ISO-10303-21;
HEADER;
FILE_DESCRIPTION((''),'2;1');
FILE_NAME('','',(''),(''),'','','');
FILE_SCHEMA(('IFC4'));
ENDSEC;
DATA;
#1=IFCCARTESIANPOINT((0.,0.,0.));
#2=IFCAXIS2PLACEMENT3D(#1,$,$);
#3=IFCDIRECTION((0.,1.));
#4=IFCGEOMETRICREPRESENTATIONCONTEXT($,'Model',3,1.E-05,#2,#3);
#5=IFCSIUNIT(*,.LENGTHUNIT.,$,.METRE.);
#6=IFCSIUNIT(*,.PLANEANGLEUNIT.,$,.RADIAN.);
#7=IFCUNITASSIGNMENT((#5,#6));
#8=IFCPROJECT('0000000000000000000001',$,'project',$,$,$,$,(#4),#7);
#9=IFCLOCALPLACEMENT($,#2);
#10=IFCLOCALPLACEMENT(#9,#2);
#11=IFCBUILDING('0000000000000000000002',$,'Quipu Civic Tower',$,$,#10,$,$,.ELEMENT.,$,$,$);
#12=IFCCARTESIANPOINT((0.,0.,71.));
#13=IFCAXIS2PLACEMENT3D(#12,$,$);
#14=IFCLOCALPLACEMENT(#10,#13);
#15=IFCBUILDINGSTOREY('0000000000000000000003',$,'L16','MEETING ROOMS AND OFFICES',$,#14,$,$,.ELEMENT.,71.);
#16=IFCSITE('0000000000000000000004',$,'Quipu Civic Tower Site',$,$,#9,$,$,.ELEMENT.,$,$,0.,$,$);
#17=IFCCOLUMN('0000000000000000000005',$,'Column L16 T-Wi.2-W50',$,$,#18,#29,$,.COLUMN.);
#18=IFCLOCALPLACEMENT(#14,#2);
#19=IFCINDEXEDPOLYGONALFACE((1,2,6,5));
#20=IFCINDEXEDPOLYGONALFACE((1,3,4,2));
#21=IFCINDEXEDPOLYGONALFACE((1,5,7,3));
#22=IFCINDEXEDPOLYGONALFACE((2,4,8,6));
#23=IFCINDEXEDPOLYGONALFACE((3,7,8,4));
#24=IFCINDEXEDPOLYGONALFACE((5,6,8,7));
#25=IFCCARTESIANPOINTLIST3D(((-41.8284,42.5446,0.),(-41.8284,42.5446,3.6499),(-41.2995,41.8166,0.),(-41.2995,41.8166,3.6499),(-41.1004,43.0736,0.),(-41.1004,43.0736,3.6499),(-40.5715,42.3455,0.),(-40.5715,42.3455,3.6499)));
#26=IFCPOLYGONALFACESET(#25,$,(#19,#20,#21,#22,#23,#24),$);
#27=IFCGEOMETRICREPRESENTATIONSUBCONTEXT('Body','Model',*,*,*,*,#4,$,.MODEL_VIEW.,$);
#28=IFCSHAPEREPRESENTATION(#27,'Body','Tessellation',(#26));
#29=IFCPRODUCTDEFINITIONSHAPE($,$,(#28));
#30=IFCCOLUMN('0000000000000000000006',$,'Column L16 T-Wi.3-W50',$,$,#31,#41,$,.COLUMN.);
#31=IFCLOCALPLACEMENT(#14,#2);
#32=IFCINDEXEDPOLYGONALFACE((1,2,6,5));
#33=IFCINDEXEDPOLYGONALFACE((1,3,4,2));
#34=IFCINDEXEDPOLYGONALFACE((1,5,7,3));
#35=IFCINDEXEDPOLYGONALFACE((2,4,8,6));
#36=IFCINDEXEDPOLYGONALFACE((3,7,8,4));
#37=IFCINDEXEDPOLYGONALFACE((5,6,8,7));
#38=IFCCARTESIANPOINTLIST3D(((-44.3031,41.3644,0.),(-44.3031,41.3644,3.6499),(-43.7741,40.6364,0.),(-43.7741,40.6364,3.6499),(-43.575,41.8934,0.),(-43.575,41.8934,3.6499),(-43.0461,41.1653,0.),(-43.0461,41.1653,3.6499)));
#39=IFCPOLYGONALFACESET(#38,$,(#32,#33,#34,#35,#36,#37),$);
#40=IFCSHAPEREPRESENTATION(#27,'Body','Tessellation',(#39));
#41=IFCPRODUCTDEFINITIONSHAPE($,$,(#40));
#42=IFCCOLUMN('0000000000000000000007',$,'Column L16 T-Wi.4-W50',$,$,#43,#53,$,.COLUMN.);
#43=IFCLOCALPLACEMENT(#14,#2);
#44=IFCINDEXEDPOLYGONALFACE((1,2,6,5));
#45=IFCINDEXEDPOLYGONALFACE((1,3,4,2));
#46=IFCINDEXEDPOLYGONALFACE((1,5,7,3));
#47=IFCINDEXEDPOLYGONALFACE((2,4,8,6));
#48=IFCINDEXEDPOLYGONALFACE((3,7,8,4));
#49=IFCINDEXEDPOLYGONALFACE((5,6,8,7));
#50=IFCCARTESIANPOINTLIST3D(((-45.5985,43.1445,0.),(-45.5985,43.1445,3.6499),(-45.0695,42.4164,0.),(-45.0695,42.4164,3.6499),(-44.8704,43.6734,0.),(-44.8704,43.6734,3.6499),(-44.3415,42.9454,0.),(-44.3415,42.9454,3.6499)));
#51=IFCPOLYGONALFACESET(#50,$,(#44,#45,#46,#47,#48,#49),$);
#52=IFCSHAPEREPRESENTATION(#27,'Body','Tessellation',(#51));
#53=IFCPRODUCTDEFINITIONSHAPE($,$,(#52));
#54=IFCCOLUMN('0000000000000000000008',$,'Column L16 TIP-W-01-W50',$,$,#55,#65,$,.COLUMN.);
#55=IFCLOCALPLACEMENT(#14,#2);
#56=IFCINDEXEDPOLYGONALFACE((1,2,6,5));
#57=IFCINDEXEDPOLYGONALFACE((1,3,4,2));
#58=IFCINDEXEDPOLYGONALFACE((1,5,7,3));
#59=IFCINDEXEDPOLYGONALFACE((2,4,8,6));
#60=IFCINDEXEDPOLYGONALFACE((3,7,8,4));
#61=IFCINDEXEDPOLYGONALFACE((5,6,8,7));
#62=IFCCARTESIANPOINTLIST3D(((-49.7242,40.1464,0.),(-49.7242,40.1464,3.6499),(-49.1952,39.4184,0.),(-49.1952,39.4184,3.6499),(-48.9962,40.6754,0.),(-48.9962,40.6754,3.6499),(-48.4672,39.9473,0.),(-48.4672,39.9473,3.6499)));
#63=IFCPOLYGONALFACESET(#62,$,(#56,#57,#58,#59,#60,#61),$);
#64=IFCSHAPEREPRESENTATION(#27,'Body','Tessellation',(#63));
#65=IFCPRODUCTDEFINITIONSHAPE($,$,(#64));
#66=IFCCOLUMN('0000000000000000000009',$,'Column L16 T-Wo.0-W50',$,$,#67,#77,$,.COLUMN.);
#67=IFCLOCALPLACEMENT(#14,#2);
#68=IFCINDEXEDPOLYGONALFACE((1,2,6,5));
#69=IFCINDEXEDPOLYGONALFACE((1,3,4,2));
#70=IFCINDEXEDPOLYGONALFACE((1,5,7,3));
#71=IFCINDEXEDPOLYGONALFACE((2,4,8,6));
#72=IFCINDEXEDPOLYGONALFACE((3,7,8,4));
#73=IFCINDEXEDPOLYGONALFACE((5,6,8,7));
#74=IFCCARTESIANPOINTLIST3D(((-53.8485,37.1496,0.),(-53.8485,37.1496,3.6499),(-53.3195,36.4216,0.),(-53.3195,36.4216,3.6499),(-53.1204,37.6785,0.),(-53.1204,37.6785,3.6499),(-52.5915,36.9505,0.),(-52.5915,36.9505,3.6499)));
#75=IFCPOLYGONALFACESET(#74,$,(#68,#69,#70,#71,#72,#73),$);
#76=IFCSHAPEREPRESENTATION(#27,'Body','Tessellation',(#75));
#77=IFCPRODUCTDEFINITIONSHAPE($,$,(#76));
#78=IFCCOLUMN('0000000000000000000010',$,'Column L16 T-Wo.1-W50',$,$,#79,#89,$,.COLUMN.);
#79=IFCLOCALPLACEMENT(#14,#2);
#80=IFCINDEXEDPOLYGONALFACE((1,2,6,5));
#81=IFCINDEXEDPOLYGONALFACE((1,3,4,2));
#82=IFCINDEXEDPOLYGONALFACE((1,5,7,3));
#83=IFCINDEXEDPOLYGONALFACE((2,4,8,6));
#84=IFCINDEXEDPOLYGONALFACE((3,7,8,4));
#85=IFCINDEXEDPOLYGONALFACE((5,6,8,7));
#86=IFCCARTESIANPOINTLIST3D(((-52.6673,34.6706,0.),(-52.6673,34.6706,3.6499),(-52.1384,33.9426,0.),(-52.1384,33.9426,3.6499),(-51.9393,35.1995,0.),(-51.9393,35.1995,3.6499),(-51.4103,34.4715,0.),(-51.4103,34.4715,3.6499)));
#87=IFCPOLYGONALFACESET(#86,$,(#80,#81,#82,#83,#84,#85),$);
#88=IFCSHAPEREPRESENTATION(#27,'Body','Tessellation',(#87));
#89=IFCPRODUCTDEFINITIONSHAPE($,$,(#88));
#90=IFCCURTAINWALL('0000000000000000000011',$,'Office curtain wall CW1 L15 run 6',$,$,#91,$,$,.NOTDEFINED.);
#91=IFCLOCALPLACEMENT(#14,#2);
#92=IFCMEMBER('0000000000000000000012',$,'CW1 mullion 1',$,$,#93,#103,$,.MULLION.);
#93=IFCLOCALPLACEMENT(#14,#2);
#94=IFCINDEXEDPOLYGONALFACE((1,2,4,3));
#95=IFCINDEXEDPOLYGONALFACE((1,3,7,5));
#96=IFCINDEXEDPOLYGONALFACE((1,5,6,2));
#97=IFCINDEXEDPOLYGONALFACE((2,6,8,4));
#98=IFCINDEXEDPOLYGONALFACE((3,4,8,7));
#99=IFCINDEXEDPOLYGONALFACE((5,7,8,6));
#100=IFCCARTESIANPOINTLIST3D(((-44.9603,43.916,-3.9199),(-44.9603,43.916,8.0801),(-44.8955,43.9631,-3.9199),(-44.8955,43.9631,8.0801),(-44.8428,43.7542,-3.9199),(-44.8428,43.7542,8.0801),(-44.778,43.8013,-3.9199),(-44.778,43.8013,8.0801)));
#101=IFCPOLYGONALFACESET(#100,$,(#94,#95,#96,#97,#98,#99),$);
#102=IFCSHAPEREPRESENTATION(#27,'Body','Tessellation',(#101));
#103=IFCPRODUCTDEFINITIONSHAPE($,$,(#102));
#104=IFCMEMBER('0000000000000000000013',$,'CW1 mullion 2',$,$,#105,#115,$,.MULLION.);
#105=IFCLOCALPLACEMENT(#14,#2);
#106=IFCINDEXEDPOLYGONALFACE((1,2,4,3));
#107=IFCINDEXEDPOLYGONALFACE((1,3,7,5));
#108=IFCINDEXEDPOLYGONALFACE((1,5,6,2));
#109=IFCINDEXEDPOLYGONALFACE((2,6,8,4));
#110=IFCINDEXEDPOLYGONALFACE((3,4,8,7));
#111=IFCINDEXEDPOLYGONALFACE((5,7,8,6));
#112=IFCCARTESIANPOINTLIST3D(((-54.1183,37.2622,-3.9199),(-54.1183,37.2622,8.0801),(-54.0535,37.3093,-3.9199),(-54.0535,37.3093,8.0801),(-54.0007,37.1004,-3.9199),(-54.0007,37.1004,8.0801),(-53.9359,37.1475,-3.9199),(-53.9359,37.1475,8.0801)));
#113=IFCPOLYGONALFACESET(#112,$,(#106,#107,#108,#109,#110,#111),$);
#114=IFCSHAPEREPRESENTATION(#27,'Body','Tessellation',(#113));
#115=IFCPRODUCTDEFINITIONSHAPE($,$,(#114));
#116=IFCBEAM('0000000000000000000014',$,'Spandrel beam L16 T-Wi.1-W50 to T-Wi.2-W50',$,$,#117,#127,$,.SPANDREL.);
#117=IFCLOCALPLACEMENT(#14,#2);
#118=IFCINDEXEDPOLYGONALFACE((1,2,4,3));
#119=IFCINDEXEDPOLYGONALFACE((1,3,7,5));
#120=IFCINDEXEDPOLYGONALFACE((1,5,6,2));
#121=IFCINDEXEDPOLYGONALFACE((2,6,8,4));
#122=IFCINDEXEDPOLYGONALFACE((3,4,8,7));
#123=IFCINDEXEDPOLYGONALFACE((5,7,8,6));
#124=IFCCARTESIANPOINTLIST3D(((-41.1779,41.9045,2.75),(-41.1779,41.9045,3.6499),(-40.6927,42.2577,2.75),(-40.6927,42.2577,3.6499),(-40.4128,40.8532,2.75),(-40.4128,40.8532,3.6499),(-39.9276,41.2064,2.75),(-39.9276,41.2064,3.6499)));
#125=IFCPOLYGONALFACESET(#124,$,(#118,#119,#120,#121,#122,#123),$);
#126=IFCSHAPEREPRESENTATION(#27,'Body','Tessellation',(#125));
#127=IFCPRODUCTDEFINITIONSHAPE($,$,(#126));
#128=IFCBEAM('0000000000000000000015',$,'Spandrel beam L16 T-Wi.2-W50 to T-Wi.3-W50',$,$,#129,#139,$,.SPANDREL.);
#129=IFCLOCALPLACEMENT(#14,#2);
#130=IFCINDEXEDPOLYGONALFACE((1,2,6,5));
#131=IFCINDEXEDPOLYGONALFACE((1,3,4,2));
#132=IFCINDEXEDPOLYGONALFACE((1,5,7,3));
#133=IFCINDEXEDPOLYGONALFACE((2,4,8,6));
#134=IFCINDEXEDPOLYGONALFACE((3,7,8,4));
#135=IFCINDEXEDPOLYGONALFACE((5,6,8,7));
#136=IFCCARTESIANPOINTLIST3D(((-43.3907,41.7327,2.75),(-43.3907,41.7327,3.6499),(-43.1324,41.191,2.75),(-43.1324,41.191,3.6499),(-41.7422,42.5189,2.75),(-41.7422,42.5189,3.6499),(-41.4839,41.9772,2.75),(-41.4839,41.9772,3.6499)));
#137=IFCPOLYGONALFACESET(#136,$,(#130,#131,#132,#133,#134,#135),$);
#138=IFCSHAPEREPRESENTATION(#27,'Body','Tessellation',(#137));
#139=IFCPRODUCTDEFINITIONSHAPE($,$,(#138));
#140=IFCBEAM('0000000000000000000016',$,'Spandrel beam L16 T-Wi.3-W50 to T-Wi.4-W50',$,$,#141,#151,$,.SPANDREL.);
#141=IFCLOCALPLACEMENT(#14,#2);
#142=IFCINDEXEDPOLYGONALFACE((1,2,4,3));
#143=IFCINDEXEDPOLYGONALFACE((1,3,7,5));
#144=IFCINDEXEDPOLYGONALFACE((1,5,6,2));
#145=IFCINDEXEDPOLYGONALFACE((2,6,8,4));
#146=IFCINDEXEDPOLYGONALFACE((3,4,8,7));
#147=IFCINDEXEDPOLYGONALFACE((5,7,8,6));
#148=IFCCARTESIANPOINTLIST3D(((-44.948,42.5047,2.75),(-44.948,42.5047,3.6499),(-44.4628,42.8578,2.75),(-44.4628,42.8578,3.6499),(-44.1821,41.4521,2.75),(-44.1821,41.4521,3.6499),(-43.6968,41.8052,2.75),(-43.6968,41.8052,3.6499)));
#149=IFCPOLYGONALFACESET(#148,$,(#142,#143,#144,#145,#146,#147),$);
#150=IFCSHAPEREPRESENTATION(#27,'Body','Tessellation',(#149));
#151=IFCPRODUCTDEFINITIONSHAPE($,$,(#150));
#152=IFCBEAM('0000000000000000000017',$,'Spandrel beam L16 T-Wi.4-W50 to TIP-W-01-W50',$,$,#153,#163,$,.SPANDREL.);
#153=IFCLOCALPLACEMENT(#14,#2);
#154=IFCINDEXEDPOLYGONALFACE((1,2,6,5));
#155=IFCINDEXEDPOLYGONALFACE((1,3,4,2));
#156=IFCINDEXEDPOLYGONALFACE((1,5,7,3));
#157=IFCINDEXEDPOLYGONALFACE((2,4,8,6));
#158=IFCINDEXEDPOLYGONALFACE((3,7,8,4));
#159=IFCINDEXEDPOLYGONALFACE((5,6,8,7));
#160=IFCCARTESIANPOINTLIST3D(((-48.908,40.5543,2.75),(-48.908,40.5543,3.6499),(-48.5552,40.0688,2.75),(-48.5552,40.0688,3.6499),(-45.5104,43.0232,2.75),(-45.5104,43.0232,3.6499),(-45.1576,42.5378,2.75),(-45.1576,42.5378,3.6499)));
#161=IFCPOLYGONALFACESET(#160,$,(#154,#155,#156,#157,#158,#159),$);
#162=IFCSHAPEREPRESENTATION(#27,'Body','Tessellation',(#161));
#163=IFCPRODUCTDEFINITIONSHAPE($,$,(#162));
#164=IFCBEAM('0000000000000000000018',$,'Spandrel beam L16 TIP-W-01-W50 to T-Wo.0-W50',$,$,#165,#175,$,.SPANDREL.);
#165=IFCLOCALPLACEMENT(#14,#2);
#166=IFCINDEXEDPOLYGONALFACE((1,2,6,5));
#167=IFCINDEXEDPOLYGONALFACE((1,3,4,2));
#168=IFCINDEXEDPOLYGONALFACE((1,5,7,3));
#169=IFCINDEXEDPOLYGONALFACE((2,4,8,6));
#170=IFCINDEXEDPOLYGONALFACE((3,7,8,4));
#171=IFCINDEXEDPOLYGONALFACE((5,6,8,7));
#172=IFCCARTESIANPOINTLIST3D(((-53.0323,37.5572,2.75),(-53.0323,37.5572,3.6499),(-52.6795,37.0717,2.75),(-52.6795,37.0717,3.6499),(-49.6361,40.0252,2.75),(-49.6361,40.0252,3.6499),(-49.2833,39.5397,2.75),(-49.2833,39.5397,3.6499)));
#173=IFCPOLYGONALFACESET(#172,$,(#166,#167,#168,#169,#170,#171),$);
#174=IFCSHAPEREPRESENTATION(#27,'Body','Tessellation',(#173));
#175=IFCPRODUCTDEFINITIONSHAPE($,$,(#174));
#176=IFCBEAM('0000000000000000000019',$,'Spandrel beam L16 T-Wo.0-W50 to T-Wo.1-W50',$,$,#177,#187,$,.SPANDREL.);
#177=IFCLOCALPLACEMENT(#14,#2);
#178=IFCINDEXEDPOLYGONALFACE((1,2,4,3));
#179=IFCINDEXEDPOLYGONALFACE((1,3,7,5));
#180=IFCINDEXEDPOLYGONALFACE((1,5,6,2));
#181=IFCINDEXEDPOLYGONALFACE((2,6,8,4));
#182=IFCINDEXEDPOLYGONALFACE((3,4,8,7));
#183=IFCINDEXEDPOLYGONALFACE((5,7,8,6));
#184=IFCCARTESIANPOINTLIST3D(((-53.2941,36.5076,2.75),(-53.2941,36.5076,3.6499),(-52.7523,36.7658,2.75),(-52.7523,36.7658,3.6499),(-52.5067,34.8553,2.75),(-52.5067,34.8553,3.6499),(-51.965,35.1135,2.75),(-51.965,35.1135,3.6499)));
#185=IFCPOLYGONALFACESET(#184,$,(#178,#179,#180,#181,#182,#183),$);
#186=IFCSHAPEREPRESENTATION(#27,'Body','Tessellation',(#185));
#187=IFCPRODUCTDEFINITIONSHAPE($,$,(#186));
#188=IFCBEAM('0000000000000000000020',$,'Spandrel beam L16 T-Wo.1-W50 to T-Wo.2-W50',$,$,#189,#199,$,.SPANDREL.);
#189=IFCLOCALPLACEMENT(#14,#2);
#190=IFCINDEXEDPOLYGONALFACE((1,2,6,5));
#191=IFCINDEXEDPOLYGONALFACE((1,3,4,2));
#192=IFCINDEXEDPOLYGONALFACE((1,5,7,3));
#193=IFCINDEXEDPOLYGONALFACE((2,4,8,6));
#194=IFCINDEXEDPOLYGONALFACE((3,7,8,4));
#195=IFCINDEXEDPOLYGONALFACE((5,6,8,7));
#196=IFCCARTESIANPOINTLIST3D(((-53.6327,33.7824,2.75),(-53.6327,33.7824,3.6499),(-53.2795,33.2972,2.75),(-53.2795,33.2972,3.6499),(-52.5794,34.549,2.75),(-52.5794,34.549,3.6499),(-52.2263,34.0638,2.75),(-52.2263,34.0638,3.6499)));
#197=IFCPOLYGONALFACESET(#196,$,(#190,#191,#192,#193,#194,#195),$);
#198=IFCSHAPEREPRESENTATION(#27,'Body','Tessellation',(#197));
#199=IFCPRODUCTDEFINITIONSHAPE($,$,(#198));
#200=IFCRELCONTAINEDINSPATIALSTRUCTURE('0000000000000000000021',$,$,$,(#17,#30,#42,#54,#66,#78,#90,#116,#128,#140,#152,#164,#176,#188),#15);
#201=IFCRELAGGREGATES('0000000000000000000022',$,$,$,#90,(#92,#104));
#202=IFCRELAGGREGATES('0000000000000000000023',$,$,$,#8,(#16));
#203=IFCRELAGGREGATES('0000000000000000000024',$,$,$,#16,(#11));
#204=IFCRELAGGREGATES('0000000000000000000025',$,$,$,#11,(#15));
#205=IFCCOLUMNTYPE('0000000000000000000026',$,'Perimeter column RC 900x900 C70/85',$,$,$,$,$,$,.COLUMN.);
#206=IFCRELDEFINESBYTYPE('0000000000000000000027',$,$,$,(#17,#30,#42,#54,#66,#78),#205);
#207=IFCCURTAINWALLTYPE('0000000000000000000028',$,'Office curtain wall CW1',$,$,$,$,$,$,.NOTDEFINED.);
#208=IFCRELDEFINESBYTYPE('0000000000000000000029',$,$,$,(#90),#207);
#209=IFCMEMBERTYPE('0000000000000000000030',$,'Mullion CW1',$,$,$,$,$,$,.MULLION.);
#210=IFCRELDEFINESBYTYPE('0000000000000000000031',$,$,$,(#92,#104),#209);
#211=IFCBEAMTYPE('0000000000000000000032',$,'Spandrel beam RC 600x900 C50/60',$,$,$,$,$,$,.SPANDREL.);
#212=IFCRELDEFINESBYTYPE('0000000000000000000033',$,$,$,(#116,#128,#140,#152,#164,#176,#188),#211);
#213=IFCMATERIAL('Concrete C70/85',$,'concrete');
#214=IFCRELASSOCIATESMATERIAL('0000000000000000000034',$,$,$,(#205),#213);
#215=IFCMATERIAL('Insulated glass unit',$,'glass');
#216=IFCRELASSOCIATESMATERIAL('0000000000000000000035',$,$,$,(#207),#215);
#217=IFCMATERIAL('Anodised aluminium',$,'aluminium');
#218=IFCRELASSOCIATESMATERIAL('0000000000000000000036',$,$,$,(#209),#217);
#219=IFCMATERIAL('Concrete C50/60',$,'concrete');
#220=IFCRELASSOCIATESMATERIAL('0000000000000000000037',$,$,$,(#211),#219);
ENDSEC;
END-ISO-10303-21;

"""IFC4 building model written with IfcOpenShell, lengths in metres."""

from ifc_helpers import new_model, si_unit, direction, frame, origin, origin_2d, place, context, subcontext, project, spatial, rectangle, extrude, material, material_profile, profile_set, type_object, element, aggregate, save


model = new_model("IFC4")

# Units and contexts
model_context = context("Model", 3, precision=1e-05, world=origin(), true_north=direction((0.0, 1.0)))
body_context = subcontext(model_context, "Body", "Model", "MODEL_VIEW")
ifc_project = project(units=[si_unit("LENGTHUNIT", "METRE"), si_unit("PLANEANGLEUNIT", "RADIAN")], contexts=[model_context])

# Site, building, storey
site_placement = place(None, origin())
site = spatial("IfcSite", under=ifc_project, at=site_placement, Name="Quipu Civic Tower Site", CompositionType="ELEMENT", RefElevation=0.0)
building_placement = place(site_placement, origin())
building = spatial("IfcBuilding", under=site, at=building_placement, Name="Quipu Civic Tower", CompositionType="ELEMENT")
storey_placement = place(building_placement, frame((0.0, 0.0, 71.0)))
storey = spatial("IfcBuildingStorey", under=building, at=storey_placement, Name="L16", Description="MEETING ROOMS AND OFFICES", CompositionType="ELEMENT", Elevation=71.0)

# Columns
ifc_material_1 = material(Name="Concrete C70/85", Category="concrete")
ifc_material_profile_1 = material_profile(ifc_material_1, rectangle(XDim=0.8999, YDim=0.8999, at=origin_2d()), Name="RC900x900")
ifc_profile_set_1 = profile_set([ifc_material_profile_1], Name="Concrete C70/85")
column_type = type_object("IfcColumnType", Name="Perimeter column RC 900x900 C70/85", PredefinedType="COLUMN", material=ifc_profile_set_1)
for number, where, z_axis, x_axis, name in (
    (1, (-41.2, 42.4451, 0.0), (0.0, 0.0, 1.0), (-0.587785, 0.809017, 0.0), "Column L16 T-Wi.2-W50"),
    (2, (-43.6746, 41.2649, 0.0), (0.0, 0.0, 1.0), (-0.809017, -0.587785, 0.0), "Column L16 T-Wi.3-W50"),
    (3, (-44.97, 43.0449, 0.0), (0.0, 0.0, 1.0), (-0.809017, -0.587785, 0.0), "Column L16 T-Wi.4-W50"),
    (4, (-49.0957, 40.0469, 0.0), (0.0, 0.0, 1.0), (-0.809017, -0.587785, 0.0), "Column L16 TIP-W-01-W50"),
    (5, (-53.22, 37.05, 0.0), (0.0, 0.0, 1.0), (0.587785, -0.809017, 0.0), "Column L16 T-Wo.0-W50"),
    (6, (-52.0388, 34.571, 0.0), (0.0, 0.0, 1.0), (-0.809017, -0.587785, 0.0), "Column L16 T-Wo.1-W50"),
):
    element("IfcColumn", number, at=place(storey_placement, frame(where, z_axis=z_axis, x_axis=x_axis)), inside=storey, type_object=column_type, Name=name, PredefinedType="COLUMN", context=body_context, shape_type="SweptSolid", body=[
        extrude(rectangle(XDim=0.8999, YDim=0.8999, at=origin_2d()), origin(), (0.0, 0.0, 1.0), 3.6499),
    ])

# Curtain wall, members
ifc_material_2 = material(Name="Insulated glass unit", Category="glass")
curtain_wall_type = type_object("IfcCurtainWallType", Name="Office curtain wall CW1", PredefinedType="NOTDEFINED", material=ifc_material_2)
curtain_wall_placement = place(storey_placement, origin())
curtain_wall = element("IfcCurtainWall", 7, at=curtain_wall_placement, inside=storey, type_object=curtain_wall_type, Name="Office curtain wall CW1 L15 run 6", PredefinedType="NOTDEFINED")
ifc_material_3 = material(Name="Anodised aluminium", Category="aluminium")
ifc_material_profile_2 = material_profile(ifc_material_3, rectangle(XDim=0.2, YDim=0.0801, at=origin_2d()), Name="RECT 200x80")
ifc_profile_set_2 = profile_set([ifc_material_profile_2], Name="Anodised aluminium")
member_type_1 = type_object("IfcMemberType", Name="Mullion CW1", PredefinedType="MULLION", material=ifc_profile_set_2)
member_1_placement = place(storey_placement, frame((-44.8691, 43.8586, -3.9199), z_axis=(0.0, 0.0, 1.0), x_axis=(0.587782, -0.809019, 0.0)))
member_1 = element("IfcMember", 8, at=member_1_placement, type_object=member_type_1, Name="CW1 mullion 1", PredefinedType="MULLION", context=body_context, shape_type="SweptSolid", body=[
    extrude(rectangle(XDim=0.2, YDim=0.0801, at=origin_2d()), origin(), (0.0, 0.0, 1.0), 12.0),
])
member_2_placement = place(storey_placement, frame((-54.0271, 37.2048, -3.9199), z_axis=(0.0, 0.0, 1.0), x_axis=(0.587782, -0.809019, 0.0)))
member_2 = element("IfcMember", 9, at=member_2_placement, type_object=member_type_1, Name="CW1 mullion 2", PredefinedType="MULLION", context=body_context, shape_type="SweptSolid", body=[
    extrude(rectangle(XDim=0.2, YDim=0.0801, at=origin_2d()), origin(), (0.0, 0.0, 1.0), 12.0),
])

# Beams
ifc_material_4 = material(Name="Concrete C50/60", Category="concrete")
ifc_material_profile_3 = material_profile(ifc_material_4, rectangle(XDim=0.6001, YDim=0.8999, at=origin_2d()), Name="RC600x900")
ifc_profile_set_3 = profile_set([ifc_material_profile_3], Name="Concrete C50/60")
beam_type = type_object("IfcBeamType", Name="Spandrel beam RC 600x900 C50/60", PredefinedType="SPANDREL", material=ifc_profile_set_3)
beam_1_placement = place(storey_placement, frame((-40.1702, 41.0298, 3.2), z_axis=(-0.588462, 0.808525, 0.0), x_axis=(-0.808525, -0.588462, 0.0)))
element("IfcBeam", 10, at=beam_1_placement, inside=storey, type_object=beam_type, Name="Spandrel beam L16 T-Wi.1-W50 to T-Wi.2-W50", PredefinedType="SPANDREL", context=body_context, shape_type="SweptSolid", body=[
    extrude(rectangle(XDim=0.6001, YDim=0.8999, at=origin_2d()), origin(), (0.0, 0.0, 1.0), 1.3003),
])
beam_2_placement = place(storey_placement, frame((-41.613, 42.248, 3.2), z_axis=(-0.902613, -0.430452, 0.0), x_axis=(0.430452, -0.902613, 0.0)))
element("IfcBeam", 11, at=beam_2_placement, inside=storey, type_object=beam_type, Name="Spandrel beam L16 T-Wi.2-W50 to T-Wi.3-W50", PredefinedType="SPANDREL", context=body_context, shape_type="SweptSolid", body=[
    extrude(rectangle(XDim=0.6001, YDim=0.8999, at=origin_2d()), origin(), (0.0, 0.0, 1.0), 1.8264),
])
beam_3_placement = place(storey_placement, frame((-43.9395, 41.6287, 3.2), z_axis=(-0.588384, 0.808582, 0.0), x_axis=(-0.808582, -0.588384, 0.0)))
element("IfcBeam", 12, at=beam_3_placement, inside=storey, type_object=beam_type, Name="Spandrel beam L16 T-Wi.3-W50 to T-Wi.4-W50", PredefinedType="SPANDREL", context=body_context, shape_type="SweptSolid", body=[
    extrude(rectangle(XDim=0.6001, YDim=0.8999, at=origin_2d()), origin(), (0.0, 0.0, 1.0), 1.3018),
])
beam_4_placement = place(storey_placement, frame((-45.334, 42.7805, 3.2), z_axis=(-0.80897, -0.58785, 0.0), x_axis=(0.58785, -0.80897, 0.0)))
element("IfcBeam", 13, at=beam_4_placement, inside=storey, type_object=beam_type, Name="Spandrel beam L16 T-Wi.4-W50 to TIP-W-01-W50", PredefinedType="SPANDREL", context=body_context, shape_type="SweptSolid", body=[
    extrude(rectangle(XDim=0.6001, YDim=0.8999, at=origin_2d()), origin(), (0.0, 0.0, 1.0), 4.2),
])
beam_5_placement = place(storey_placement, frame((-49.4597, 39.7825, 3.2), z_axis=(-0.80896, -0.587864, 0.0), x_axis=(0.587864, -0.80896, 0.0)))
element("IfcBeam", 14, at=beam_5_placement, inside=storey, type_object=beam_type, Name="Spandrel beam L16 TIP-W-01-W50 to T-Wo.0-W50", PredefinedType="SPANDREL", context=body_context, shape_type="SweptSolid", body=[
    extrude(rectangle(XDim=0.6001, YDim=0.8999, at=origin_2d()), origin(), (0.0, 0.0, 1.0), 4.1982),
])
beam_6_placement = place(storey_placement, frame((-53.0232, 36.6367, 3.2), z_axis=(0.430167, -0.90275, 0.0), x_axis=(0.90275, 0.430167, 0.0)))
element("IfcBeam", 15, at=beam_6_placement, inside=storey, type_object=beam_type, Name="Spandrel beam L16 T-Wo.0-W50 to T-Wo.1-W50", PredefinedType="SPANDREL", context=body_context, shape_type="SweptSolid", body=[
    extrude(rectangle(XDim=0.6001, YDim=0.8999, at=origin_2d()), origin(), (0.0, 0.0, 1.0), 1.8303),
])
beam_7_placement = place(storey_placement, frame((-52.4028, 34.3064, 3.2), z_axis=(-0.808509, -0.588484, 0.0), x_axis=(0.588484, -0.808509, 0.0)))
element("IfcBeam", 16, at=beam_7_placement, inside=storey, type_object=beam_type, Name="Spandrel beam L16 T-Wo.1-W50 to T-Wo.2-W50", PredefinedType="SPANDREL", context=body_context, shape_type="SweptSolid", body=[
    extrude(rectangle(XDim=0.6001, YDim=0.8999, at=origin_2d()), origin(), (0.0, 0.0, 1.0), 1.3027),
])

aggregate(curtain_wall, [member_1, member_2])

save(model, "model.ifc")
